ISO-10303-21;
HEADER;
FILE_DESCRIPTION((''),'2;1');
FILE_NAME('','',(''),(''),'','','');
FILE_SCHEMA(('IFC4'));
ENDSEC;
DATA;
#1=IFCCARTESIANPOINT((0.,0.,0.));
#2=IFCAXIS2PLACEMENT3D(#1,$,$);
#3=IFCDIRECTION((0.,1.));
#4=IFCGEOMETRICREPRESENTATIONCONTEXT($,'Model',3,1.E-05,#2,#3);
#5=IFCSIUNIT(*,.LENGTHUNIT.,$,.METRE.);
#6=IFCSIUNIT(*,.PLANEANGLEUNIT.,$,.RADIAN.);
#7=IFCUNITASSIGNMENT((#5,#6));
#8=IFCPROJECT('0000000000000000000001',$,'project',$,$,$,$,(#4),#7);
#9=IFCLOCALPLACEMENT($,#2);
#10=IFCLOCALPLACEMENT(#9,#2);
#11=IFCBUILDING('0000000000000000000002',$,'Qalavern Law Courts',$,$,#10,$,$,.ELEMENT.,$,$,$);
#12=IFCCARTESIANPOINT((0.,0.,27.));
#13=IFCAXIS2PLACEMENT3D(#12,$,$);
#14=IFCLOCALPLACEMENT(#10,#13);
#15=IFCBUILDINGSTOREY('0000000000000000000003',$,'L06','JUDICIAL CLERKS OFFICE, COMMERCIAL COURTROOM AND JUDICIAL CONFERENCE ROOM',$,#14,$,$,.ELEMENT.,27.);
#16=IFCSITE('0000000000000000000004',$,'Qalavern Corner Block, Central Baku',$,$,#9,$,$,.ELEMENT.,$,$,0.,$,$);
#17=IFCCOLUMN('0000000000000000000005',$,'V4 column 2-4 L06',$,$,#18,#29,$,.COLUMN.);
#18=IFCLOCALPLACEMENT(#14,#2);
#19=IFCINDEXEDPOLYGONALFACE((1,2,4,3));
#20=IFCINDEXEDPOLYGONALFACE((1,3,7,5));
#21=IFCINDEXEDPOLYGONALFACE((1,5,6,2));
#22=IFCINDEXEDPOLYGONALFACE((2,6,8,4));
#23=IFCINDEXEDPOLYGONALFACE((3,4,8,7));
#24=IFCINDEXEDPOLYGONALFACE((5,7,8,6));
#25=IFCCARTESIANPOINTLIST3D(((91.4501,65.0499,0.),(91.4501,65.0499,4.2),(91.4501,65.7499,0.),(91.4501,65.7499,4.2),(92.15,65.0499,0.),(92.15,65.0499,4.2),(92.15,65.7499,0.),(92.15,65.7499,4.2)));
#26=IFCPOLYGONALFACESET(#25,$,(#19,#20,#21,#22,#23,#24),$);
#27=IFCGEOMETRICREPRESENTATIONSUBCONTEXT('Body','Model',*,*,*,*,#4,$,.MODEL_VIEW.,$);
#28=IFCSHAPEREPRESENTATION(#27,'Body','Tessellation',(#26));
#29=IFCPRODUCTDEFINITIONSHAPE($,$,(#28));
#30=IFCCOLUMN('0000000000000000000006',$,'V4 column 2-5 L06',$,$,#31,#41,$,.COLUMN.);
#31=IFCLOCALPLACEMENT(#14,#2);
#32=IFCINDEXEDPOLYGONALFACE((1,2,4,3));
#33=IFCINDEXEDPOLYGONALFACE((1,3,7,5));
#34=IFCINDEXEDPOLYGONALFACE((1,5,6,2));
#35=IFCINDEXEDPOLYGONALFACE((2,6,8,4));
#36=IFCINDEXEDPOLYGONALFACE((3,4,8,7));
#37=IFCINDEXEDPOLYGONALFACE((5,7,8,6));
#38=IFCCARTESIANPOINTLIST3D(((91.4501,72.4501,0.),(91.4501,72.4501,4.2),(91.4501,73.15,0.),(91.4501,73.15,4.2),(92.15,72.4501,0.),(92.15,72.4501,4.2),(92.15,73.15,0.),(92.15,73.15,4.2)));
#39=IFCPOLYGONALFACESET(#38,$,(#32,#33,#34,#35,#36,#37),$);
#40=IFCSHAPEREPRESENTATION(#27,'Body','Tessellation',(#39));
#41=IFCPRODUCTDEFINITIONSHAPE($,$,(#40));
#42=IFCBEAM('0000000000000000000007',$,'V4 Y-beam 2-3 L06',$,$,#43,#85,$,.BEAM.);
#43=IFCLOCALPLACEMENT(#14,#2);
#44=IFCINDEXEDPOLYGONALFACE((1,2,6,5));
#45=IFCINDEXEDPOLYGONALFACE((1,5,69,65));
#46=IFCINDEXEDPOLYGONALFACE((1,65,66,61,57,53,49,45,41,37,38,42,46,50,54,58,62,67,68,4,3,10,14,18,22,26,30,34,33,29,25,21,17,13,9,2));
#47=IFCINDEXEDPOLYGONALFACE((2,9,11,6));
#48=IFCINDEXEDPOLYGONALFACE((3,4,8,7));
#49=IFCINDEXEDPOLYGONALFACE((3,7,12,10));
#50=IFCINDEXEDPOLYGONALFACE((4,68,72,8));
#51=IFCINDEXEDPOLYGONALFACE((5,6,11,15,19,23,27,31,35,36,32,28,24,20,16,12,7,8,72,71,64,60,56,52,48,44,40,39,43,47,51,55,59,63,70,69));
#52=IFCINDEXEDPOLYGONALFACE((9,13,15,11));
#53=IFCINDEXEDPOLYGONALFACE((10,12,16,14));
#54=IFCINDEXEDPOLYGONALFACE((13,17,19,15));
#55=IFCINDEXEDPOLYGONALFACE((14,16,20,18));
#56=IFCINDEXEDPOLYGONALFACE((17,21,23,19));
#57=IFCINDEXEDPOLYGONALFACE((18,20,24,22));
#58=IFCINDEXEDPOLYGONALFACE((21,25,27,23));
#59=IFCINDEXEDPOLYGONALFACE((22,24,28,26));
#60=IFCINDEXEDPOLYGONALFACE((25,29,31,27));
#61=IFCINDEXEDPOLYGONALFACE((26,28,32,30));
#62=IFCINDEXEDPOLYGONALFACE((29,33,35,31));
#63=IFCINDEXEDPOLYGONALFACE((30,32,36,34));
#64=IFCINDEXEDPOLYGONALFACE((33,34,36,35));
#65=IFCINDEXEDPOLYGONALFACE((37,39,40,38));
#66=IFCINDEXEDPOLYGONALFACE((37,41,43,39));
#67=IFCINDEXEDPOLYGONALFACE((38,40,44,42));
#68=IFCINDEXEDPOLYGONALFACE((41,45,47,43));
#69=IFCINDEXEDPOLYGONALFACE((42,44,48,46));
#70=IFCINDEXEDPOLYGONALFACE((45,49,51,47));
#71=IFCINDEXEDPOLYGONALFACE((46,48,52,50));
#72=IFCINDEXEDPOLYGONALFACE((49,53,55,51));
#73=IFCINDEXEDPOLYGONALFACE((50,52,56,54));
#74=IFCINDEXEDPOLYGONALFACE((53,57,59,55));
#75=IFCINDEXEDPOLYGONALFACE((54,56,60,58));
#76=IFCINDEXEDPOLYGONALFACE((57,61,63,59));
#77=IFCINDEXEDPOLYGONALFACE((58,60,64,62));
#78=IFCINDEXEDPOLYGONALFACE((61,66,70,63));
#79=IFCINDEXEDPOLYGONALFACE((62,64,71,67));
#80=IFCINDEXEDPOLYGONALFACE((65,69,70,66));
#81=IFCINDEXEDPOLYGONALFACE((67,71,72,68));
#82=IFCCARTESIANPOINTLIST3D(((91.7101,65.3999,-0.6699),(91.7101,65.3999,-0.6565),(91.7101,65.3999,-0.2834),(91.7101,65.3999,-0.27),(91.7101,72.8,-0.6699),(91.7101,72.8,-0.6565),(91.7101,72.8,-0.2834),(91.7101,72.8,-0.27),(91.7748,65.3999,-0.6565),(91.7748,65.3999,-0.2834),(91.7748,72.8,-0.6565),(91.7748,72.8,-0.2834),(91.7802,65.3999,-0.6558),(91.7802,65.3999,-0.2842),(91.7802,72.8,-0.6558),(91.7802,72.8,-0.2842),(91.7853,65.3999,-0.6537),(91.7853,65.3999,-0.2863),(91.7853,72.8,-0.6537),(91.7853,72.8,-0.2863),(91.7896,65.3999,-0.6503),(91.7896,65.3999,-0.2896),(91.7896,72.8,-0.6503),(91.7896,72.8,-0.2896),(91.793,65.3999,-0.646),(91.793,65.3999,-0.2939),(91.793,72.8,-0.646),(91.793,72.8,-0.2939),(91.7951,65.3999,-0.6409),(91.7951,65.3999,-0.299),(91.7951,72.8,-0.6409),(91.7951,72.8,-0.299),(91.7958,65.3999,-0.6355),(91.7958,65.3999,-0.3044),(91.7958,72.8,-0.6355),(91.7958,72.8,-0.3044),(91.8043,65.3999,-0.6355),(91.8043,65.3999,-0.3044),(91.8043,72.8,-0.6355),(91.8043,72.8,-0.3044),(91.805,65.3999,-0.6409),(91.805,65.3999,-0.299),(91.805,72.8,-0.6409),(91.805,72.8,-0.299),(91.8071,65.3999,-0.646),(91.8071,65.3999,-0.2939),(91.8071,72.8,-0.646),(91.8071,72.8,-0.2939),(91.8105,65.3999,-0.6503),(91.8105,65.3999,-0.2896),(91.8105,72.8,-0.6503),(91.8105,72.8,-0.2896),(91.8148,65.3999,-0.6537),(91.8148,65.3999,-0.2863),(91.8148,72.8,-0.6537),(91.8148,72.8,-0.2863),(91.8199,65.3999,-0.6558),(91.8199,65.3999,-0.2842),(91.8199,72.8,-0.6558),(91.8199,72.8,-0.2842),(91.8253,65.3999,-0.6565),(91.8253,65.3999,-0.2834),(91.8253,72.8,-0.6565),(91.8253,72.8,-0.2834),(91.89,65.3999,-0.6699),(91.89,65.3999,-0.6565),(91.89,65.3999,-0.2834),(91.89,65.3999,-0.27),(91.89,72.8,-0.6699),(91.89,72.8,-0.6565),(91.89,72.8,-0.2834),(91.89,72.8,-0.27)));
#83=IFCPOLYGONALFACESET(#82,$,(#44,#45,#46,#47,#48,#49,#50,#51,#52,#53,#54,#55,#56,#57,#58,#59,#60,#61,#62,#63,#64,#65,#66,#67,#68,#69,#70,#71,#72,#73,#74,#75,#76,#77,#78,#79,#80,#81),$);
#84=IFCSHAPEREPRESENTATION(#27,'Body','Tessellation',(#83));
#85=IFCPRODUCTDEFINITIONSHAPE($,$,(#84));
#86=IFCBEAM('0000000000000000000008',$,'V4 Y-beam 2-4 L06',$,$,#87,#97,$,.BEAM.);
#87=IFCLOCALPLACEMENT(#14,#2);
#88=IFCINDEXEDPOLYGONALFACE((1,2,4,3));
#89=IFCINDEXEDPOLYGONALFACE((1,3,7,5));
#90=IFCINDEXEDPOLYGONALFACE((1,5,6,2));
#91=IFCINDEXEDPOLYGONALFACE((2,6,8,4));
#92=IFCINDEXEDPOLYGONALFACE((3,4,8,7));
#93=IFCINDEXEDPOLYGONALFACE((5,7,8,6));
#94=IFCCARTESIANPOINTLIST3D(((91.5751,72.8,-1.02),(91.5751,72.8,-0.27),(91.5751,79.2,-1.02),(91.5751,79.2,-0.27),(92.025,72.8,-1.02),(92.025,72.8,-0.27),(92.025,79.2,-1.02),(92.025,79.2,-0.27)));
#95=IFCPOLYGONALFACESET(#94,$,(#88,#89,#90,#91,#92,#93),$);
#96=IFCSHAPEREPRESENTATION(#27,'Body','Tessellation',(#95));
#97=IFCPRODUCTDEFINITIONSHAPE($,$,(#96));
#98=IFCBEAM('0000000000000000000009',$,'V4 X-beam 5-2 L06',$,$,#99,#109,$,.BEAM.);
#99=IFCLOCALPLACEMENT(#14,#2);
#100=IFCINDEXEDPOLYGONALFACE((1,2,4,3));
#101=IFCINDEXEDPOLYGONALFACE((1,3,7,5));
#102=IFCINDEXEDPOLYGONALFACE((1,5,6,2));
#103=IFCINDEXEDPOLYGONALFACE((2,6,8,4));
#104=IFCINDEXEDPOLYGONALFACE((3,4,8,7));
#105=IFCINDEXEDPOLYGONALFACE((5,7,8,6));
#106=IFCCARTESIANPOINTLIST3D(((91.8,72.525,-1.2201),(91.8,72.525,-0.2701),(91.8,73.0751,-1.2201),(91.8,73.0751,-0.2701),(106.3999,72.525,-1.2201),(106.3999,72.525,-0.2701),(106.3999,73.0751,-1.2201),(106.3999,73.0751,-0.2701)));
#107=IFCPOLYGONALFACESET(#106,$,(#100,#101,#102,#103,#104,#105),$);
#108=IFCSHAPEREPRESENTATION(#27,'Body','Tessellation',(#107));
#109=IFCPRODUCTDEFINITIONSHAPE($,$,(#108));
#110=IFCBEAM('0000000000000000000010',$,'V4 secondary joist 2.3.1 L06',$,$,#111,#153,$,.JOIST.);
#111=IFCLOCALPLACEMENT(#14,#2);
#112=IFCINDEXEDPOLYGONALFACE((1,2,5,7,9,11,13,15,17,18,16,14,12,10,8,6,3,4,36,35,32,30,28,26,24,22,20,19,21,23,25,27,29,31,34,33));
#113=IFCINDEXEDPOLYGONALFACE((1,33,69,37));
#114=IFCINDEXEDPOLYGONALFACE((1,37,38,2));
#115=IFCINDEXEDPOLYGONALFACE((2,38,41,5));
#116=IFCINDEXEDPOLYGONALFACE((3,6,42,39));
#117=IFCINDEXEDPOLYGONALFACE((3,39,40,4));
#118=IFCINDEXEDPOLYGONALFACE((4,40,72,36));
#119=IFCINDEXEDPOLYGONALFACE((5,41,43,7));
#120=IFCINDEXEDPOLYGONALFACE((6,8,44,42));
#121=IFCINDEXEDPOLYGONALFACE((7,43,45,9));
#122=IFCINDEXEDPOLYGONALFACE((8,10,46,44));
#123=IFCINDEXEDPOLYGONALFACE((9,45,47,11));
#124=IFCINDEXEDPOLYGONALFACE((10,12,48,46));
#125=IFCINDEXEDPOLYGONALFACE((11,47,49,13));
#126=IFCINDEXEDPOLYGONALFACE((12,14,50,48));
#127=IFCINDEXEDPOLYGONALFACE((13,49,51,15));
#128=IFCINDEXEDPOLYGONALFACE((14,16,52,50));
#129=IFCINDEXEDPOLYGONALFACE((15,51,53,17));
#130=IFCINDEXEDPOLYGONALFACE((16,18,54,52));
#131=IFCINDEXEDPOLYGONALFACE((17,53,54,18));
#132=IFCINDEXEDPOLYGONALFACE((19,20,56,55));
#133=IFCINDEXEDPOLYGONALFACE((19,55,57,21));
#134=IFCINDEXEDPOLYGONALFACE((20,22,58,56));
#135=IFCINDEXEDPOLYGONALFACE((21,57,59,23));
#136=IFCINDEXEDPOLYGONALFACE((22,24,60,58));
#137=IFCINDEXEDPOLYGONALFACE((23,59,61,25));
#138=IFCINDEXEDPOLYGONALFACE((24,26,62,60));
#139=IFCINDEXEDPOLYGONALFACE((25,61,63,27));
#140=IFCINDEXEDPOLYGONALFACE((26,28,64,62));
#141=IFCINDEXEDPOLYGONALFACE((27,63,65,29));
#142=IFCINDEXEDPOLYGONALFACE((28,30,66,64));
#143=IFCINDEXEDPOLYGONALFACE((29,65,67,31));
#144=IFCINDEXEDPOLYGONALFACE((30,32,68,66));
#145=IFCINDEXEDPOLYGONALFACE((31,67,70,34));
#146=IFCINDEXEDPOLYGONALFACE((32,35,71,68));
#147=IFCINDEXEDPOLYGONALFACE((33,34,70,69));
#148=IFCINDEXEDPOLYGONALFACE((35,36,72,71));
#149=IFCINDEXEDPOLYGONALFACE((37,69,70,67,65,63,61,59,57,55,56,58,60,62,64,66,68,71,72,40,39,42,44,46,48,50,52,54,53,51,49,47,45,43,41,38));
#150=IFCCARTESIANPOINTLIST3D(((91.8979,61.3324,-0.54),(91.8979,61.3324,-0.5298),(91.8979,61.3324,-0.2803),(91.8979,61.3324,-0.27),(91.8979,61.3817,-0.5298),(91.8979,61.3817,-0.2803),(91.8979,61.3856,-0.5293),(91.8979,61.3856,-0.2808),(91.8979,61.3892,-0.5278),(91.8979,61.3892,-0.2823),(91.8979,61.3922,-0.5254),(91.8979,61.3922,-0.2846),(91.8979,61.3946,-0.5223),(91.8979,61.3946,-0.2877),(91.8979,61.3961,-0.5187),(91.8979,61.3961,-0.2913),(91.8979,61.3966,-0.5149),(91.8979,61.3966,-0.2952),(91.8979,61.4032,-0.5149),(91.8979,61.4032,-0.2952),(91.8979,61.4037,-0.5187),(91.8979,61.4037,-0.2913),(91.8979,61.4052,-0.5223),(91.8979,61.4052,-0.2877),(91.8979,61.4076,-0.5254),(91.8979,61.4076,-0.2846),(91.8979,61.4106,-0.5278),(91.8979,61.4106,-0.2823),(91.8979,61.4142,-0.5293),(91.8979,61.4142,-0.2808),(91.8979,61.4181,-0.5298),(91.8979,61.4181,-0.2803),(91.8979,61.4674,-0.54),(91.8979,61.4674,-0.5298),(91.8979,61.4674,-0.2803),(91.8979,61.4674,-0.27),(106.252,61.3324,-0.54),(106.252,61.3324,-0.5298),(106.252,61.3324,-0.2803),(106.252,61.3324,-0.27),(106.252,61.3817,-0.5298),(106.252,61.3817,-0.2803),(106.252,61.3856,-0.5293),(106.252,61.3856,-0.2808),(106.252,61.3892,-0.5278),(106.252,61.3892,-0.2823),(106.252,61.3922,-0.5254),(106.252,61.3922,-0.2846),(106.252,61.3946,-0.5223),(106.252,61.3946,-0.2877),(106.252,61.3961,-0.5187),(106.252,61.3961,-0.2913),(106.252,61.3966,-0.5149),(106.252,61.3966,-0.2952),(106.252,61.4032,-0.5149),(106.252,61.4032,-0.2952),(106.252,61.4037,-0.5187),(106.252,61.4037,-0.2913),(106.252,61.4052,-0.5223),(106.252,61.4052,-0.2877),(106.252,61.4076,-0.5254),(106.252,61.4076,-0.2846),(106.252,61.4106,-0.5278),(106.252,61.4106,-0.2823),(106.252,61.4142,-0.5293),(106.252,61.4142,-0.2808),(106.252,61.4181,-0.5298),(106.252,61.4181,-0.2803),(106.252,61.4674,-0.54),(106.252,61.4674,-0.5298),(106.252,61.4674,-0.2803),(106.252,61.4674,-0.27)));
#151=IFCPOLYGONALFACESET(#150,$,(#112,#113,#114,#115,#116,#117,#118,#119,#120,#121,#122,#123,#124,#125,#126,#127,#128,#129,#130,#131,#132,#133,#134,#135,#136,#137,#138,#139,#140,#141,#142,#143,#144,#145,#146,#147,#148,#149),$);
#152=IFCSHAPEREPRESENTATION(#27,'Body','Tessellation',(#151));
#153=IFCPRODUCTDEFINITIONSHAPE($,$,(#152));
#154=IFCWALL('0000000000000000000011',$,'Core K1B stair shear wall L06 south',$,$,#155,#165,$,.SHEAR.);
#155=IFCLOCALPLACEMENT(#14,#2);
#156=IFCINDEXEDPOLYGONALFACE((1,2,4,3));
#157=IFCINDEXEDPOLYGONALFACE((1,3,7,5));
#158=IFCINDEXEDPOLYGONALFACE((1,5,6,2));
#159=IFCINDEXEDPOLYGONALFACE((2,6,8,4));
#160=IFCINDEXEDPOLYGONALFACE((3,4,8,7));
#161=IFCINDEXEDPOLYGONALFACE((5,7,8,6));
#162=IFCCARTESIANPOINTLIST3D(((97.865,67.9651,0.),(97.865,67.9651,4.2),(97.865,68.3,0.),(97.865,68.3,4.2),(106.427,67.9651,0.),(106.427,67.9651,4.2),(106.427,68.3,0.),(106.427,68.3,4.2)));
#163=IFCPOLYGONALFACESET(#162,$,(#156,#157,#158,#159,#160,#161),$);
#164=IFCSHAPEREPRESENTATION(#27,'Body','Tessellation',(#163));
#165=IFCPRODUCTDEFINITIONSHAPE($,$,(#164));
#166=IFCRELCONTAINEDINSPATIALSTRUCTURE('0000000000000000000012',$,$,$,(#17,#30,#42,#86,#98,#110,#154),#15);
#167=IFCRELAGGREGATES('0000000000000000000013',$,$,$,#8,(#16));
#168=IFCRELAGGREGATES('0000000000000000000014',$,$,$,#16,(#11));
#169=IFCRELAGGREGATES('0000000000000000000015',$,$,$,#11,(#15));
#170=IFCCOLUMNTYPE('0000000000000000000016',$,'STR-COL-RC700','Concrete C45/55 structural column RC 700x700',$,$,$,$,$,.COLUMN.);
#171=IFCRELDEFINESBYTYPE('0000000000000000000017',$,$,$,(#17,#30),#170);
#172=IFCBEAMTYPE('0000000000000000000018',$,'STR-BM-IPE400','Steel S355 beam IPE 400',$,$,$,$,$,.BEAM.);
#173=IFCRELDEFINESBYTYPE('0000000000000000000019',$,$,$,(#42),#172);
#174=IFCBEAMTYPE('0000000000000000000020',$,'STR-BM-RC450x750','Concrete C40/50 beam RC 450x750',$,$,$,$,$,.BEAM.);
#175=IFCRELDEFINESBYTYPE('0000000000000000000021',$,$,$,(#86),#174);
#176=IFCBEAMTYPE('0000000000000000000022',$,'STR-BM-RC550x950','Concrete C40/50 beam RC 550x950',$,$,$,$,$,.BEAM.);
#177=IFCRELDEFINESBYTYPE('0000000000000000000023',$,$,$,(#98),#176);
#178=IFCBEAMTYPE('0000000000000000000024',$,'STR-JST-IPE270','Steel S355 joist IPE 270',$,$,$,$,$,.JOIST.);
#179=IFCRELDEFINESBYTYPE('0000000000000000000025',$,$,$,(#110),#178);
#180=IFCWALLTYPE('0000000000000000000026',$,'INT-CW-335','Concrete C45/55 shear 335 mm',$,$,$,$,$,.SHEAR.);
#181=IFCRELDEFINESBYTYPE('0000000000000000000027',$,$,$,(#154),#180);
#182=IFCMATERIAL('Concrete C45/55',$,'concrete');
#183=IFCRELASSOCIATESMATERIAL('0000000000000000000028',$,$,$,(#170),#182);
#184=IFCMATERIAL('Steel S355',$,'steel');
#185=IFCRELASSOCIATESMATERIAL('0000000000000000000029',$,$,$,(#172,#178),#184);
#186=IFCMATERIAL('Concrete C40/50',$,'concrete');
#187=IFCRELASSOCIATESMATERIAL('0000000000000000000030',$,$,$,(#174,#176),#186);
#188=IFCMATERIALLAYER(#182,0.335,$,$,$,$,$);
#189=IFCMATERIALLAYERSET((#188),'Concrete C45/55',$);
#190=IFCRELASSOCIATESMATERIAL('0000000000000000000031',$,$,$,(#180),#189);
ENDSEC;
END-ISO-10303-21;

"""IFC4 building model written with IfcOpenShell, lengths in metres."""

from ifc_helpers import new_model, si_unit, direction, frame, frame_2d, origin, origin_2d, place, context, subcontext, project, spatial, rectangle, i_section, extrude, material, layer, layer_set, material_profile, profile_set, type_object, element, save


model = new_model("IFC4")

# Units and contexts
model_context = context("Model", 3, precision=1e-05, world=origin(), true_north=direction((0.0, 1.0)))
body_context = subcontext(model_context, "Body", "Model", "MODEL_VIEW")
ifc_project = project(units=[si_unit("LENGTHUNIT", "METRE"), si_unit("PLANEANGLEUNIT", "RADIAN")], contexts=[model_context])

# Site, building, storey
site_placement = place(None, origin())
site = spatial("IfcSite", under=ifc_project, at=site_placement, Name="Qalavern Corner Block, Central Baku", CompositionType="ELEMENT", RefElevation=0.0)
building_placement = place(site_placement, origin())
building = spatial("IfcBuilding", under=site, at=building_placement, Name="Qalavern Law Courts", CompositionType="ELEMENT")
storey_placement = place(building_placement, frame((0.0, 0.0, 27.0)))
storey = spatial("IfcBuildingStorey", under=building, at=storey_placement, Name="L06", Description="JUDICIAL CLERKS OFFICE, COMMERCIAL COURTROOM AND JUDICIAL CONFERENCE ROOM", CompositionType="ELEMENT", Elevation=27.0)

# Columns
ifc_material_1 = material(Name="Concrete C45/55", Category="concrete")
ifc_material_profile_1 = material_profile(ifc_material_1, rectangle(XDim=0.7, YDim=0.7, at=origin_2d()), Name="RC 700x700")
ifc_profile_set_1 = profile_set([ifc_material_profile_1], Name="Concrete C45/55")
column_type = type_object("IfcColumnType", Name="STR-COL-RC700", Description="Concrete C45/55 structural column RC 700x700", PredefinedType="COLUMN", material=ifc_profile_set_1)
for number, where, z_axis, x_axis, name in (
    (1, (91.8, 65.3999, 0.0), (0.0, 0.0, 1.0), (1.0, 0.0, 0.0), "V4 column 2-4 L06"),
    (2, (91.8, 72.8, 0.0), (0.0, 0.0, 1.0), (1.0, 0.0, 0.0), "V4 column 2-5 L06"),
):
    element("IfcColumn", number, at=place(storey_placement, frame(where, z_axis=z_axis, x_axis=x_axis)), inside=storey, type_object=column_type, Name=name, PredefinedType="COLUMN", context=body_context, shape_type="SweptSolid", body=[
        extrude(rectangle(XDim=0.7, YDim=0.7, at=origin_2d()), origin(), (0.0, 0.0, 1.0), 4.2),
    ])

# Beams
ifc_material_2 = material(Name="Steel S355", Category="steel")
ifc_material_profile_2 = material_profile(ifc_material_2, i_section(OverallWidth=0.1799, OverallDepth=0.3999, WebThickness=0.0085, FlangeThickness=0.0134, FilletRadius=0.021, at=origin_2d()), Name="IPE 400")
ifc_profile_set_2 = profile_set([ifc_material_profile_2], Name="Steel S355")
beam_type_1 = type_object("IfcBeamType", Name="STR-BM-IPE400", Description="Steel S355 beam IPE 400", PredefinedType="BEAM", material=ifc_profile_set_2)
beam_1_placement = place(storey_placement, frame((91.8, 65.3999, -0.47), z_axis=(0.0, 1.0, 0.0), x_axis=(-1.0, 0.0, 0.0)))
element("IfcBeam", 3, at=beam_1_placement, inside=storey, type_object=beam_type_1, Name="V4 Y-beam 2-3 L06", PredefinedType="BEAM", context=body_context, shape_type="SweptSolid", body=[
    extrude(i_section(OverallWidth=0.1799, OverallDepth=0.3999, WebThickness=0.0085, FlangeThickness=0.0134, FilletRadius=0.021, at=origin_2d()), origin(), (0.0, 0.0, 1.0), 7.4001),
])
ifc_material_3 = material(Name="Concrete C40/50", Category="concrete")
ifc_material_profile_3 = material_profile(ifc_material_3, rectangle(XDim=0.45, YDim=0.75, at=origin_2d()), Name="RC 450x750")
ifc_profile_set_3 = profile_set([ifc_material_profile_3], Name="Concrete C40/50")
beam_type_2 = type_object("IfcBeamType", Name="STR-BM-RC450x750", Description="Concrete C40/50 beam RC 450x750", PredefinedType="BEAM", material=ifc_profile_set_3)
beam_2_placement = place(storey_placement, frame((91.8, 72.8, -0.645), z_axis=(0.0, 1.0, 0.0), x_axis=(-1.0, 0.0, 0.0)))
element("IfcBeam", 4, at=beam_2_placement, inside=storey, type_object=beam_type_2, Name="V4 Y-beam 2-4 L06", PredefinedType="BEAM", context=body_context, shape_type="SweptSolid", body=[
    extrude(rectangle(XDim=0.45, YDim=0.75, at=origin_2d()), origin(), (0.0, 0.0, 1.0), 6.3999),
])
ifc_material_profile_4 = material_profile(ifc_material_3, rectangle(XDim=0.55, YDim=0.95, at=origin_2d()), Name="RC 550x950")
ifc_profile_set_4 = profile_set([ifc_material_profile_4], Name="Concrete C40/50")
beam_type_3 = type_object("IfcBeamType", Name="STR-BM-RC550x950", Description="Concrete C40/50 beam RC 550x950", PredefinedType="BEAM", material=ifc_profile_set_4)
beam_3_placement = place(storey_placement, frame((91.8, 72.8, -0.7451), z_axis=(1.0, 0.0, 0.0), x_axis=(0.0, 1.0, 0.0)))
element("IfcBeam", 5, at=beam_3_placement, inside=storey, type_object=beam_type_3, Name="V4 X-beam 5-2 L06", PredefinedType="BEAM", context=body_context, shape_type="SweptSolid", body=[
    extrude(rectangle(XDim=0.55, YDim=0.95, at=origin_2d()), origin(), (0.0, 0.0, 1.0), 14.5999),
])
ifc_material_profile_5 = material_profile(ifc_material_2, i_section(OverallWidth=0.135, OverallDepth=0.27, WebThickness=0.0066, FlangeThickness=0.0103, FilletRadius=0.0149, at=origin_2d()), Name="IPE 270")
ifc_profile_set_5 = profile_set([ifc_material_profile_5], Name="Steel S355")
beam_type_4 = type_object("IfcBeamType", Name="STR-JST-IPE270", Description="Steel S355 joist IPE 270", PredefinedType="JOIST", material=ifc_profile_set_5)
beam_4_placement = place(storey_placement, frame((91.8979, 61.3999, -0.405), z_axis=(1.0, 0.0, 0.0), x_axis=(0.0, 1.0, 0.0)))
element("IfcBeam", 6, at=beam_4_placement, inside=storey, type_object=beam_type_4, Name="V4 secondary joist 2.3.1 L06", PredefinedType="JOIST", context=body_context, shape_type="SweptSolid", body=[
    extrude(i_section(OverallWidth=0.135, OverallDepth=0.27, WebThickness=0.0066, FlangeThickness=0.0103, FilletRadius=0.0149, at=origin_2d()), origin(), (0.0, 0.0, 1.0), 14.354),
])

# Wall
ifc_layer_1 = layer(ifc_material_1, 0.335)
ifc_layer_set_1 = layer_set([ifc_layer_1], Name="Concrete C45/55")
wall_type_1 = type_object("IfcWallType", Name="INT-CW-335", Description="Concrete C45/55 shear 335 mm", PredefinedType="SHEAR", material=ifc_layer_set_1)
wall_1_placement = place(storey_placement, frame((97.865, 68.1326, 0.0), z_axis=(0.0, 0.0, 1.0), x_axis=(1.0, 0.0, 0.0)))
element("IfcWall", 7, at=wall_1_placement, inside=storey, type_object=wall_type_1, Name="Core K1B stair shear wall L06 south", PredefinedType="SHEAR", context=body_context, shape_type="SweptSolid", body=[
    extrude(rectangle(XDim=8.562, YDim=0.335, at=frame_2d((4.281, 0.0))), origin(), (0.0, 0.0, 1.0), 4.2),
])

save(model, "model.ifc")
